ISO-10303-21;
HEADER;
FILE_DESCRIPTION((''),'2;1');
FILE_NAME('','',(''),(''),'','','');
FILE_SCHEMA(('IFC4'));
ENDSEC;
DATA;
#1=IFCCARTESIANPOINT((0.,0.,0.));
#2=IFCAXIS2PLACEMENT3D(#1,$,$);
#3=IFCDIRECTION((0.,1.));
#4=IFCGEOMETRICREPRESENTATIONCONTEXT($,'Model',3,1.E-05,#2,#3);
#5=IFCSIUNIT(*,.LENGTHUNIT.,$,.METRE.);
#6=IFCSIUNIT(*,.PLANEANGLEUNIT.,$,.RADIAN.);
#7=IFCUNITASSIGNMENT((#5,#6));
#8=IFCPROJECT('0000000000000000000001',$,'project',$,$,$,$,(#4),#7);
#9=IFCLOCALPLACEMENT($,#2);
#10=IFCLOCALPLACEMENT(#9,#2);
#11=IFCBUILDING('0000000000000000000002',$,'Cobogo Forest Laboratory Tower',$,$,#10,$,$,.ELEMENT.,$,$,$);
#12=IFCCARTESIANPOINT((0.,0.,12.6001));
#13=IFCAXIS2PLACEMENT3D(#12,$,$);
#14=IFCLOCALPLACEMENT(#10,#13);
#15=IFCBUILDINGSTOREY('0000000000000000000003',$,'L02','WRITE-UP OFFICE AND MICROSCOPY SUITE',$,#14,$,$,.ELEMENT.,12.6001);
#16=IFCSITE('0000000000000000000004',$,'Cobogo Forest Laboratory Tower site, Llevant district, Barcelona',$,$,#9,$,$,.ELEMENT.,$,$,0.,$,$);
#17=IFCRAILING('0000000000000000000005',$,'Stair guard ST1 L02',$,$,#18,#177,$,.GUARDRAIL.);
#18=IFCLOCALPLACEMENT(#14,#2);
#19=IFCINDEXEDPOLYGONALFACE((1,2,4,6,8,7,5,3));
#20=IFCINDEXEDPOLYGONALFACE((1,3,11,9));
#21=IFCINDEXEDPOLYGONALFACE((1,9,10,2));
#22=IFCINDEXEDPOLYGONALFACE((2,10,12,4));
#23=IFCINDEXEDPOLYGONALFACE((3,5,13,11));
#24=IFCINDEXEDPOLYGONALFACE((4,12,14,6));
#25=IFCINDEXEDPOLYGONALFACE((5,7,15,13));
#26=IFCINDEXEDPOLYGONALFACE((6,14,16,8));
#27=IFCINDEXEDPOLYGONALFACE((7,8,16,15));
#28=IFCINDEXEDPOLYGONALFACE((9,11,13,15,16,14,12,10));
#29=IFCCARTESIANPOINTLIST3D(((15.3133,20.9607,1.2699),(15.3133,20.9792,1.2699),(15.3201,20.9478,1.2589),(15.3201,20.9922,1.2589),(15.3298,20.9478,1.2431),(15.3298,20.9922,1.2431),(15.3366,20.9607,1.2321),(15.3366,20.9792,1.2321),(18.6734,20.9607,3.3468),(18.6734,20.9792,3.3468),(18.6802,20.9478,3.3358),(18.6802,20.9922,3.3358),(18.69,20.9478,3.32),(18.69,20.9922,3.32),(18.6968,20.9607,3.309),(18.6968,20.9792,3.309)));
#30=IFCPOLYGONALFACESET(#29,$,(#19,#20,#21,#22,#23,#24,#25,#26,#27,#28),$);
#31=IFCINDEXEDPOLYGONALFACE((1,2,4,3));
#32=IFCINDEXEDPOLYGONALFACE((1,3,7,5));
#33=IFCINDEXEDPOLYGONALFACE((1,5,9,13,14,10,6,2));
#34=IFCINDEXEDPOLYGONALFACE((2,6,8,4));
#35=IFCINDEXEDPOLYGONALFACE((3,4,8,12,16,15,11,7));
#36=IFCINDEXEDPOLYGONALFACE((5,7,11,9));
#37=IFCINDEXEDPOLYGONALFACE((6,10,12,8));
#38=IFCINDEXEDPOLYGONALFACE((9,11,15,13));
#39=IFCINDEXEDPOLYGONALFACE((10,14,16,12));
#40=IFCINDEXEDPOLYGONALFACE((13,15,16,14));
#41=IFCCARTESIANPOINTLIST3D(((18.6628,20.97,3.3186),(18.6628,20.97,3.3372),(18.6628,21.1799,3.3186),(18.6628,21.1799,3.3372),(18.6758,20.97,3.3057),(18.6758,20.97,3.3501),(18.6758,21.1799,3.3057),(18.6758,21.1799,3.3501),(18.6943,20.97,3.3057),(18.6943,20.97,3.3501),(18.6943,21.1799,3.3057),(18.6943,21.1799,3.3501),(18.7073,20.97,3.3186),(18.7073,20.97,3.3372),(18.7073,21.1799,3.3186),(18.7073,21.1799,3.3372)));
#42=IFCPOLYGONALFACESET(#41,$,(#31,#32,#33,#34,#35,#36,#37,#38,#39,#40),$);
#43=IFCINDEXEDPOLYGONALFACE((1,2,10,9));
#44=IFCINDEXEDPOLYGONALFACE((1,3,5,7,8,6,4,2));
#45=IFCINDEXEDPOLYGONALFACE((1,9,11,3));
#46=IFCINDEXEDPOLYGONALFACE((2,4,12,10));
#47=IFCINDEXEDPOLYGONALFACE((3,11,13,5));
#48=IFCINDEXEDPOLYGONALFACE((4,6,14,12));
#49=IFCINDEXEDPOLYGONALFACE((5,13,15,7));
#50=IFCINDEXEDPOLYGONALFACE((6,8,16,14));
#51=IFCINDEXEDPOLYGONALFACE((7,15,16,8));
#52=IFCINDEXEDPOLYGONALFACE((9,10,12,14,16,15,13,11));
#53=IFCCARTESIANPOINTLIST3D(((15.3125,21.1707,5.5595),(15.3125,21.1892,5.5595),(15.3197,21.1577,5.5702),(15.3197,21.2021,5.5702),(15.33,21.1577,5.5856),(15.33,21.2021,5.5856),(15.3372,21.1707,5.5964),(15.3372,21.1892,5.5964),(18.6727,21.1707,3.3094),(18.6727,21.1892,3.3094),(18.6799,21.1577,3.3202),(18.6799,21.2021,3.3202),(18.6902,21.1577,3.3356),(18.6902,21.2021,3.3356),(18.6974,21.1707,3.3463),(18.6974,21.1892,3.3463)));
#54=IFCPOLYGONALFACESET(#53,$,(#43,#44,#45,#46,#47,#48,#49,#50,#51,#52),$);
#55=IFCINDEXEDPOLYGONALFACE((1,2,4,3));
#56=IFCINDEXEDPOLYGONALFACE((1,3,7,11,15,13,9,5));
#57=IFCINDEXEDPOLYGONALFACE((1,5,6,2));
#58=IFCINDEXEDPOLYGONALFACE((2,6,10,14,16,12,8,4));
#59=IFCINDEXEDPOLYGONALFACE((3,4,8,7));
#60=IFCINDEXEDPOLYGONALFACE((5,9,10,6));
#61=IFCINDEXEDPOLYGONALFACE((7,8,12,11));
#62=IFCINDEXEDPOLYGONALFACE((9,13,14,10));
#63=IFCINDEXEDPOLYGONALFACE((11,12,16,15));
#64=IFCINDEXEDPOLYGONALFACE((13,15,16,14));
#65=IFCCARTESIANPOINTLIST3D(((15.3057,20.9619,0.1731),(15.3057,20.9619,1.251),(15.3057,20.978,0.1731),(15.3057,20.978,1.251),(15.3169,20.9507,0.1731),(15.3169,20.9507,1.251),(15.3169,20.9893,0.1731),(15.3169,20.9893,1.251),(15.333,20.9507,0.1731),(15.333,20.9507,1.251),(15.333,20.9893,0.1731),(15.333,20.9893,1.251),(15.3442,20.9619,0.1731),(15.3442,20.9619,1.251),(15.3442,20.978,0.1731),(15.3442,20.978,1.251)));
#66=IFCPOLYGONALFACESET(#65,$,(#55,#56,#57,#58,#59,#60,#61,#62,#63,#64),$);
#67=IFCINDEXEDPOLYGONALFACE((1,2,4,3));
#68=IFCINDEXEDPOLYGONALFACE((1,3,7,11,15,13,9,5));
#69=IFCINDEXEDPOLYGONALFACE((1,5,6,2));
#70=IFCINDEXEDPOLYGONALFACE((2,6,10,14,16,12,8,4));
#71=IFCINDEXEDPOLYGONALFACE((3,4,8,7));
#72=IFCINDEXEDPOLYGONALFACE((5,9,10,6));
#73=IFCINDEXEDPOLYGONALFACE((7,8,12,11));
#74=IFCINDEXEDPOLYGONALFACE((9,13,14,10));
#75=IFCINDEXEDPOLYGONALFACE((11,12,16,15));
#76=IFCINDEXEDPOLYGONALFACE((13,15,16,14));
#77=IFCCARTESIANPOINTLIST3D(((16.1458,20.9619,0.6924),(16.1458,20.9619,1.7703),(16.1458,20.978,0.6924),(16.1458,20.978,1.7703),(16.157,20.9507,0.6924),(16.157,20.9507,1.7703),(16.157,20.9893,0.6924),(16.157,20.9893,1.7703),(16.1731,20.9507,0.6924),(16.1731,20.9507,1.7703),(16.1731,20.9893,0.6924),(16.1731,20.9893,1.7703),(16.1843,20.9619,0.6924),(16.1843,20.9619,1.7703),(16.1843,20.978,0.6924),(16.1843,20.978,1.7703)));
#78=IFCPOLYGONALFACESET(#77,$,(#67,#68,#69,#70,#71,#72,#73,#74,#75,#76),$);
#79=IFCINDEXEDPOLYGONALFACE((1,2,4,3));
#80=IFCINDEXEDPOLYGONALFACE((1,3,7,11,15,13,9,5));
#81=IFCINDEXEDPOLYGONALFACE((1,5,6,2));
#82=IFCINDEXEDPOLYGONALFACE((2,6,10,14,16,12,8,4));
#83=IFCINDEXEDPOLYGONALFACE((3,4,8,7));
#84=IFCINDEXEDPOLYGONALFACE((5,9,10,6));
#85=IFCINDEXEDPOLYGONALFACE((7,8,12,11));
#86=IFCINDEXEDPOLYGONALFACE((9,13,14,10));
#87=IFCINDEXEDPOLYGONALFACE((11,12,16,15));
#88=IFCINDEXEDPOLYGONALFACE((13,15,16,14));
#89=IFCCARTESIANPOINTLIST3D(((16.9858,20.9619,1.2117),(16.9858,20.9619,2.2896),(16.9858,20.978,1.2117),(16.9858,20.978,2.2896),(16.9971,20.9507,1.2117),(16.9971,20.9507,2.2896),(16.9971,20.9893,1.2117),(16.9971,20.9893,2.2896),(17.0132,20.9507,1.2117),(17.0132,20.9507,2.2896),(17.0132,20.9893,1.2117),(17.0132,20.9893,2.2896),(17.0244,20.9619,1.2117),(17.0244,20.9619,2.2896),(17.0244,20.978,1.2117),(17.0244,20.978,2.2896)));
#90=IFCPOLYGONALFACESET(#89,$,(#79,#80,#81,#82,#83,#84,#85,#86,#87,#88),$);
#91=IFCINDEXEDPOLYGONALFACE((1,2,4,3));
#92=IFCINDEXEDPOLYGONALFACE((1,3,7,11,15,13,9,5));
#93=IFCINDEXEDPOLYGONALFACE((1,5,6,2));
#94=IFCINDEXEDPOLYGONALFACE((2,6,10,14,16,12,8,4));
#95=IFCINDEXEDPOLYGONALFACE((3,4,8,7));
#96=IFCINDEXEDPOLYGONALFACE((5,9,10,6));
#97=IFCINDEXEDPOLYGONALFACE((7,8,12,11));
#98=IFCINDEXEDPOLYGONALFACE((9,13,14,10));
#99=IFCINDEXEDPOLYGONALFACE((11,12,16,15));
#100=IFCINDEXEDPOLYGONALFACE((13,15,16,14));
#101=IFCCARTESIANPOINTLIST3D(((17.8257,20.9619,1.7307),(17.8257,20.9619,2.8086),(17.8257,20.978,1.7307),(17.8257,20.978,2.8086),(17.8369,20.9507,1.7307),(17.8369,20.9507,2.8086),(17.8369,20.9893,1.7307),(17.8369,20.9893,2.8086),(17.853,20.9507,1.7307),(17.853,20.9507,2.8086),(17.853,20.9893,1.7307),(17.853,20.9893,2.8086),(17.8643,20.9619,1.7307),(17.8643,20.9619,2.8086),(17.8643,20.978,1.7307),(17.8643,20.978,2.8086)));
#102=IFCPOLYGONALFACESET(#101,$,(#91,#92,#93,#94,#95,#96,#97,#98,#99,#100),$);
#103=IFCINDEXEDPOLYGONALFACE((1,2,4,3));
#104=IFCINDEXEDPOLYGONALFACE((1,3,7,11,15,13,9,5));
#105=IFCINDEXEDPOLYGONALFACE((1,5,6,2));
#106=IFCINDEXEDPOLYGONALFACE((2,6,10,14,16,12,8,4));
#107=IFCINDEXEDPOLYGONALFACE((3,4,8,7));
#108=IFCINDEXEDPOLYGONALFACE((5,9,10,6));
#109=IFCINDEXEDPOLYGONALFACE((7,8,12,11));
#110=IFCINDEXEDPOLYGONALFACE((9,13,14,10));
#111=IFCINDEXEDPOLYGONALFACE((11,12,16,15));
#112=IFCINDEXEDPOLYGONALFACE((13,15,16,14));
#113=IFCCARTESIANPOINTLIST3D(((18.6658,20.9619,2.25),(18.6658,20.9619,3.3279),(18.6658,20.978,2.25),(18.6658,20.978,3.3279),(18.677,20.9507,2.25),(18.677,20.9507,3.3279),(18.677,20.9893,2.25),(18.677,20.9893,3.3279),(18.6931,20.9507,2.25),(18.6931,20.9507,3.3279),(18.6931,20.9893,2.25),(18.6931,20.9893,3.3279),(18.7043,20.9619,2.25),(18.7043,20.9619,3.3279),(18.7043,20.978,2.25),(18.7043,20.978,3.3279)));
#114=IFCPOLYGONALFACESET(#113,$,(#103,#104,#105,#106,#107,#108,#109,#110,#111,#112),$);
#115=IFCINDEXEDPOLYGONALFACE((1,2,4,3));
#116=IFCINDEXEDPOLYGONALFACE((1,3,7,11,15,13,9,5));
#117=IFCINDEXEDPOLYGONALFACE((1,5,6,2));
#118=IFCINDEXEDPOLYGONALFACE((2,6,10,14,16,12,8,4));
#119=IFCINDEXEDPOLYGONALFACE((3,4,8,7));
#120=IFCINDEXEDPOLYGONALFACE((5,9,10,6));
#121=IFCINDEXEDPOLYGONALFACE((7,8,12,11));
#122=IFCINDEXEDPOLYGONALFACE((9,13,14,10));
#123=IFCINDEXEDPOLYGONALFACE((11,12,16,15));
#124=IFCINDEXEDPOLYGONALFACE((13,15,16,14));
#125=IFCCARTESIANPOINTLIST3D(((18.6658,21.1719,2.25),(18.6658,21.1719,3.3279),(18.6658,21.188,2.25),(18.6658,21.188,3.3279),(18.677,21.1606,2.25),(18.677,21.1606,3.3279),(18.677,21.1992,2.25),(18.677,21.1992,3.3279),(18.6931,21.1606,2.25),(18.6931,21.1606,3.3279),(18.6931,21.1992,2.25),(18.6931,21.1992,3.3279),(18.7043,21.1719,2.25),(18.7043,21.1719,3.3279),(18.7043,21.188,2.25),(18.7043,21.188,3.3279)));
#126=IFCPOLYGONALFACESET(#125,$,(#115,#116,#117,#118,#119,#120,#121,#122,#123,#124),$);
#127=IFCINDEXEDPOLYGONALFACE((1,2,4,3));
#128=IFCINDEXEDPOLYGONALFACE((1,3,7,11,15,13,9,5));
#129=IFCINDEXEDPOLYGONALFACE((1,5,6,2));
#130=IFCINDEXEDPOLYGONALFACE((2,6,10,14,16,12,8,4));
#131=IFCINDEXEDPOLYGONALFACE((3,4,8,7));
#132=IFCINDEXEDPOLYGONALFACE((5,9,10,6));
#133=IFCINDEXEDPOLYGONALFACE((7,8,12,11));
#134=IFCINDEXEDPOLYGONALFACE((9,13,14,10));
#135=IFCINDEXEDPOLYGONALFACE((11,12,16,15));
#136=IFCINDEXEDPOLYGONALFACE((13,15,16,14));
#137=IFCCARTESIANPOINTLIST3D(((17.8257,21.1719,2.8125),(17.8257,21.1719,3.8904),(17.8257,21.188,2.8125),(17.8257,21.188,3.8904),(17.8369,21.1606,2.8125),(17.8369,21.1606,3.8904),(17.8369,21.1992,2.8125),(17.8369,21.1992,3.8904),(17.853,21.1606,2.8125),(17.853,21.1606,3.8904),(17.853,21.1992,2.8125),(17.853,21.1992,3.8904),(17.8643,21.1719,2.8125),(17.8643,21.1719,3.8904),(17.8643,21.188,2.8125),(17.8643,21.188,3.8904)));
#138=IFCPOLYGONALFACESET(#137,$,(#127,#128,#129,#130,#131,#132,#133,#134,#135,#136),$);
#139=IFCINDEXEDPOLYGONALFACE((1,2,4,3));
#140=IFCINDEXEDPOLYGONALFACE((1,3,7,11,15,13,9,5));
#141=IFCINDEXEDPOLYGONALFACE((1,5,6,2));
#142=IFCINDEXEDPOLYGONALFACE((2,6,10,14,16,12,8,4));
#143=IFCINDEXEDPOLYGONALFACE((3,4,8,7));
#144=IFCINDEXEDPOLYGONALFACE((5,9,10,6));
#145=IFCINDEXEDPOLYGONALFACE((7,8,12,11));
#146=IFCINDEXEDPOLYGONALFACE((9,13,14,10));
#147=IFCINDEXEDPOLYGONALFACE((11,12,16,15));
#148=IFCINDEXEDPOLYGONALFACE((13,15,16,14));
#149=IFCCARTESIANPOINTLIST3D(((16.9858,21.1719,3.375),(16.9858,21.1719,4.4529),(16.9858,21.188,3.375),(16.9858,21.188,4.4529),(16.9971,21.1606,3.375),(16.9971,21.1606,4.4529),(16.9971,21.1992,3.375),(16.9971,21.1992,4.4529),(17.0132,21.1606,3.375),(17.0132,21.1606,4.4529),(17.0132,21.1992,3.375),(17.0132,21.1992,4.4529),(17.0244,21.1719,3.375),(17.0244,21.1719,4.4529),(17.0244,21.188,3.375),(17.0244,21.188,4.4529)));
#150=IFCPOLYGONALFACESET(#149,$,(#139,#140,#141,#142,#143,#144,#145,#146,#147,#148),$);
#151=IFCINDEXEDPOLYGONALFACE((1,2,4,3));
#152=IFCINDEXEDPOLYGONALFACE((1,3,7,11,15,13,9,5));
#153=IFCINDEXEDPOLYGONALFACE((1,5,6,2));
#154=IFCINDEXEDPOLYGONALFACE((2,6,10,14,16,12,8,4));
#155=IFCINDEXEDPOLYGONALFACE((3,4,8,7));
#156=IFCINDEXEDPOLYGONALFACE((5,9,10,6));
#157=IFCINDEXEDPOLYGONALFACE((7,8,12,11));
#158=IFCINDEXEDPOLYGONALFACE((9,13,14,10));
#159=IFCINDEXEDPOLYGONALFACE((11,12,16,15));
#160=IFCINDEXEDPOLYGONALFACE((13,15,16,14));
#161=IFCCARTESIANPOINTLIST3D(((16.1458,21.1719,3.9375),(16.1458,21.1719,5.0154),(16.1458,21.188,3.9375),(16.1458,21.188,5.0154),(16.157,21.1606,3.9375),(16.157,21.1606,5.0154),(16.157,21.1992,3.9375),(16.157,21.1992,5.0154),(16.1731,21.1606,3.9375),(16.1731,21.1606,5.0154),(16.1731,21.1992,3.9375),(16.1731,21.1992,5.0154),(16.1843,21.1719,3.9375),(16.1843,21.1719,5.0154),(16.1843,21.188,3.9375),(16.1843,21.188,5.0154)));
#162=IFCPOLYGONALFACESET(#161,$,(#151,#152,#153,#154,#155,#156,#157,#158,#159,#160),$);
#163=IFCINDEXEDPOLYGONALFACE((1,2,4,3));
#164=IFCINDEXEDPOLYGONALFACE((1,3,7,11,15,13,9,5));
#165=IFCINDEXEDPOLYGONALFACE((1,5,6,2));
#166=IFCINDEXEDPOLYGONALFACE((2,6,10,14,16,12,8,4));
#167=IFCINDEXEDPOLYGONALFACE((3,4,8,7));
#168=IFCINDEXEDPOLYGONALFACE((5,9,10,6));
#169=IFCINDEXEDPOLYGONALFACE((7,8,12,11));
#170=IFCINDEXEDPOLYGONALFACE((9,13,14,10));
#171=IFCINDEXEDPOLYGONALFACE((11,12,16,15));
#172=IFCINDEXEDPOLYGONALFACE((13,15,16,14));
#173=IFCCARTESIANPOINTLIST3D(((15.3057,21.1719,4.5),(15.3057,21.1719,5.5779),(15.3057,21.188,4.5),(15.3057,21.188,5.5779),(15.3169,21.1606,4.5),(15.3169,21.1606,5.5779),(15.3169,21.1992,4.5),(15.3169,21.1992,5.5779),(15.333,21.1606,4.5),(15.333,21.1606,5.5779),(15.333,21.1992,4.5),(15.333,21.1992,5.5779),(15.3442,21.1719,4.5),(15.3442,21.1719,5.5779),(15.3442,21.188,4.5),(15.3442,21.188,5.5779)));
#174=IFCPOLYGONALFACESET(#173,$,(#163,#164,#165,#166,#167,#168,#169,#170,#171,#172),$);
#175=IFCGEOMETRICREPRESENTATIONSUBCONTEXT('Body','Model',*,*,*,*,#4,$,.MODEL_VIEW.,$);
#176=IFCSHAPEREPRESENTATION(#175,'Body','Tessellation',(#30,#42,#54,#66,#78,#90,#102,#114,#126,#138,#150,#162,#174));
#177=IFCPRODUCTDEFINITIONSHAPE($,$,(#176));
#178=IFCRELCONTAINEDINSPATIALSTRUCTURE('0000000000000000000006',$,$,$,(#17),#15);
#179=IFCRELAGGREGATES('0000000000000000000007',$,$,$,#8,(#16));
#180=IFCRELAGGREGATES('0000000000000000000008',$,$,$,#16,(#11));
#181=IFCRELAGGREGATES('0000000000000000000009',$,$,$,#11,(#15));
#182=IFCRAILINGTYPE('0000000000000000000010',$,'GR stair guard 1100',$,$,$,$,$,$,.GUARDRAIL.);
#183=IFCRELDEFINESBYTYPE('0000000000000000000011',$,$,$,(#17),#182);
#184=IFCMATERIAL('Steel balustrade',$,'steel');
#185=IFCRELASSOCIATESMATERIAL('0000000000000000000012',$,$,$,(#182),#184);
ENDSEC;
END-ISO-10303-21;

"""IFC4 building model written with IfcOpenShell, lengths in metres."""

from ifc_helpers import new_model, si_unit, direction, frame, origin, place, context, subcontext, project, spatial, polyline, outline, extrude, material, type_object, element, save


model = new_model("IFC4")

# Units and contexts
model_context = context("Model", 3, precision=1e-05, world=origin(), true_north=direction((0.0, 1.0)))
body_context = subcontext(model_context, "Body", "Model", "MODEL_VIEW")
ifc_project = project(units=[si_unit("LENGTHUNIT", "METRE"), si_unit("PLANEANGLEUNIT", "RADIAN")], contexts=[model_context])

# Site, building, storey
site_placement = place(None, origin())
site = spatial("IfcSite", under=ifc_project, at=site_placement, Name="Cobogo Forest Laboratory Tower site, Llevant district, Barcelona", CompositionType="ELEMENT", RefElevation=0.0)
building_placement = place(site_placement, origin())
building = spatial("IfcBuilding", under=site, at=building_placement, Name="Cobogo Forest Laboratory Tower", CompositionType="ELEMENT")
storey_placement = place(building_placement, frame((0.0, 0.0, 12.6001)))
storey = spatial("IfcBuildingStorey", under=building, at=storey_placement, Name="L02", Description="WRITE-UP OFFICE AND MICROSCOPY SUITE", CompositionType="ELEMENT", Elevation=12.6001)

# Railing
ifc_material_1 = material(Name="Steel balustrade", Category="steel")
railing_type_1 = type_object("IfcRailingType", Name="GR stair guard 1100", PredefinedType="GUARDRAIL", material=ifc_material_1)
railing_1_placement = place(storey_placement, frame((15.325, 20.97, 0.1731)))
element("IfcRailing", 1, at=railing_1_placement, inside=storey, type_object=railing_type_1, Name="Stair guard ST1 L02", PredefinedType="GUARDRAIL", context=body_context, shape_type="SweptSolid", body=[
    extrude(outline(polyline([(0.0222, 0.0093), (0.0093, 0.0222), (-0.0093, 0.0222), (-0.0222, 0.0093), (-0.0222, -0.0093), (-0.0093, -0.0222), (0.0093, -0.0222), (0.0222, -0.0093), (0.0222, 0.0093)])), frame((0.0, 0.0, 1.0779), z_axis=(0.850623, 0.0, 0.525776), x_axis=(0.0, 1.0, 0.0)), (0.0, 0.0, 1.0), 3.9502),
    extrude(outline(polyline([(0.0222, 0.0093), (0.0093, 0.0222), (-0.0093, 0.0222), (-0.0222, 0.0093), (-0.0222, -0.0093), (-0.0093, -0.0222), (0.0093, -0.0222), (0.0222, -0.0093), (0.0222, 0.0093)])), frame((3.3601, 0.0, 3.1548), z_axis=(0.0, 1.0, 0.0), x_axis=(-1.0, 0.0, 0.0)), (0.0, 0.0, 1.0), 0.21),
    extrude(outline(polyline([(0.0222, 0.0093), (0.0093, 0.0222), (-0.0093, 0.0222), (-0.0222, 0.0093), (-0.0222, -0.0093), (-0.0093, -0.0222), (0.0093, -0.0222), (0.0222, -0.0093), (0.0222, 0.0093)])), frame((3.3601, 0.21, 3.1548), z_axis=(-0.830915, 0.0, 0.556399), x_axis=(0.0, -1.0, 0.0)), (0.0, 0.0, 1.0), 4.0439),
    extrude(outline(polyline([(0.0193, 0.0081), (0.0081, 0.0193), (-0.0081, 0.0193), (-0.0193, 0.0081), (-0.0193, -0.0081), (-0.0081, -0.0193), (0.0081, -0.0193), (0.0193, -0.0081), (0.0193, 0.0081)])), origin(), (0.0, 0.0, 1.0), 1.0779),
    extrude(outline(polyline([(0.0193, 0.0081), (0.0081, 0.0193), (-0.0081, 0.0193), (-0.0193, 0.0081), (-0.0193, -0.0081), (-0.0081, -0.0193), (0.0081, -0.0193), (0.0193, -0.0081), (0.0193, 0.0081)])), frame((0.8401, 0.0, 0.5193)), (0.0, 0.0, 1.0), 1.0779),
    extrude(outline(polyline([(0.0193, 0.0081), (0.0081, 0.0193), (-0.0081, 0.0193), (-0.0193, 0.0081), (-0.0193, -0.0081), (-0.0081, -0.0193), (0.0081, -0.0193), (0.0193, -0.0081), (0.0193, 0.0081)])), frame((1.6802, 0.0, 1.0386)), (0.0, 0.0, 1.0), 1.0779),
    extrude(outline(polyline([(0.0193, 0.0081), (0.0081, 0.0193), (-0.0081, 0.0193), (-0.0193, 0.0081), (-0.0193, -0.0081), (-0.0081, -0.0193), (0.0081, -0.0193), (0.0193, -0.0081), (0.0193, 0.0081)])), frame((2.52, 0.0, 1.5576)), (0.0, 0.0, 1.0), 1.0779),
    extrude(outline(polyline([(0.0193, 0.0081), (0.0081, 0.0193), (-0.0081, 0.0193), (-0.0193, 0.0081), (-0.0193, -0.0081), (-0.0081, -0.0193), (0.0081, -0.0193), (0.0193, -0.0081), (0.0193, 0.0081)])), frame((3.3601, 0.0, 2.0769)), (0.0, 0.0, 1.0), 1.0779),
    extrude(outline(polyline([(0.0193, 0.0081), (0.0081, 0.0193), (-0.0081, 0.0193), (-0.0193, 0.0081), (-0.0193, -0.0081), (-0.0081, -0.0193), (0.0081, -0.0193), (0.0193, -0.0081), (0.0193, 0.0081)])), frame((3.3601, 0.21, 2.0769)), (0.0, 0.0, 1.0), 1.0779),
    extrude(outline(polyline([(0.0193, 0.0081), (0.0081, 0.0193), (-0.0081, 0.0193), (-0.0193, 0.0081), (-0.0193, -0.0081), (-0.0081, -0.0193), (0.0081, -0.0193), (0.0193, -0.0081), (0.0193, 0.0081)])), frame((2.52, 0.21, 2.6394)), (0.0, 0.0, 1.0), 1.0779),
    extrude(outline(polyline([(0.0193, 0.0081), (0.0081, 0.0193), (-0.0081, 0.0193), (-0.0193, 0.0081), (-0.0193, -0.0081), (-0.0081, -0.0193), (0.0081, -0.0193), (0.0193, -0.0081), (0.0193, 0.0081)])), frame((1.6802, 0.21, 3.2019)), (0.0, 0.0, 1.0), 1.0779),
    extrude(outline(polyline([(0.0193, 0.0081), (0.0081, 0.0193), (-0.0081, 0.0193), (-0.0193, 0.0081), (-0.0193, -0.0081), (-0.0081, -0.0193), (0.0081, -0.0193), (0.0193, -0.0081), (0.0193, 0.0081)])), frame((0.8401, 0.21, 3.7644)), (0.0, 0.0, 1.0), 1.0779),
    extrude(outline(polyline([(0.0193, 0.0081), (0.0081, 0.0193), (-0.0081, 0.0193), (-0.0193, 0.0081), (-0.0193, -0.0081), (-0.0081, -0.0193), (0.0081, -0.0193), (0.0193, -0.0081), (0.0193, 0.0081)])), frame((0.0, 0.21, 4.3269)), (0.0, 0.0, 1.0), 1.0779),
])

save(model, "model.ifc")
